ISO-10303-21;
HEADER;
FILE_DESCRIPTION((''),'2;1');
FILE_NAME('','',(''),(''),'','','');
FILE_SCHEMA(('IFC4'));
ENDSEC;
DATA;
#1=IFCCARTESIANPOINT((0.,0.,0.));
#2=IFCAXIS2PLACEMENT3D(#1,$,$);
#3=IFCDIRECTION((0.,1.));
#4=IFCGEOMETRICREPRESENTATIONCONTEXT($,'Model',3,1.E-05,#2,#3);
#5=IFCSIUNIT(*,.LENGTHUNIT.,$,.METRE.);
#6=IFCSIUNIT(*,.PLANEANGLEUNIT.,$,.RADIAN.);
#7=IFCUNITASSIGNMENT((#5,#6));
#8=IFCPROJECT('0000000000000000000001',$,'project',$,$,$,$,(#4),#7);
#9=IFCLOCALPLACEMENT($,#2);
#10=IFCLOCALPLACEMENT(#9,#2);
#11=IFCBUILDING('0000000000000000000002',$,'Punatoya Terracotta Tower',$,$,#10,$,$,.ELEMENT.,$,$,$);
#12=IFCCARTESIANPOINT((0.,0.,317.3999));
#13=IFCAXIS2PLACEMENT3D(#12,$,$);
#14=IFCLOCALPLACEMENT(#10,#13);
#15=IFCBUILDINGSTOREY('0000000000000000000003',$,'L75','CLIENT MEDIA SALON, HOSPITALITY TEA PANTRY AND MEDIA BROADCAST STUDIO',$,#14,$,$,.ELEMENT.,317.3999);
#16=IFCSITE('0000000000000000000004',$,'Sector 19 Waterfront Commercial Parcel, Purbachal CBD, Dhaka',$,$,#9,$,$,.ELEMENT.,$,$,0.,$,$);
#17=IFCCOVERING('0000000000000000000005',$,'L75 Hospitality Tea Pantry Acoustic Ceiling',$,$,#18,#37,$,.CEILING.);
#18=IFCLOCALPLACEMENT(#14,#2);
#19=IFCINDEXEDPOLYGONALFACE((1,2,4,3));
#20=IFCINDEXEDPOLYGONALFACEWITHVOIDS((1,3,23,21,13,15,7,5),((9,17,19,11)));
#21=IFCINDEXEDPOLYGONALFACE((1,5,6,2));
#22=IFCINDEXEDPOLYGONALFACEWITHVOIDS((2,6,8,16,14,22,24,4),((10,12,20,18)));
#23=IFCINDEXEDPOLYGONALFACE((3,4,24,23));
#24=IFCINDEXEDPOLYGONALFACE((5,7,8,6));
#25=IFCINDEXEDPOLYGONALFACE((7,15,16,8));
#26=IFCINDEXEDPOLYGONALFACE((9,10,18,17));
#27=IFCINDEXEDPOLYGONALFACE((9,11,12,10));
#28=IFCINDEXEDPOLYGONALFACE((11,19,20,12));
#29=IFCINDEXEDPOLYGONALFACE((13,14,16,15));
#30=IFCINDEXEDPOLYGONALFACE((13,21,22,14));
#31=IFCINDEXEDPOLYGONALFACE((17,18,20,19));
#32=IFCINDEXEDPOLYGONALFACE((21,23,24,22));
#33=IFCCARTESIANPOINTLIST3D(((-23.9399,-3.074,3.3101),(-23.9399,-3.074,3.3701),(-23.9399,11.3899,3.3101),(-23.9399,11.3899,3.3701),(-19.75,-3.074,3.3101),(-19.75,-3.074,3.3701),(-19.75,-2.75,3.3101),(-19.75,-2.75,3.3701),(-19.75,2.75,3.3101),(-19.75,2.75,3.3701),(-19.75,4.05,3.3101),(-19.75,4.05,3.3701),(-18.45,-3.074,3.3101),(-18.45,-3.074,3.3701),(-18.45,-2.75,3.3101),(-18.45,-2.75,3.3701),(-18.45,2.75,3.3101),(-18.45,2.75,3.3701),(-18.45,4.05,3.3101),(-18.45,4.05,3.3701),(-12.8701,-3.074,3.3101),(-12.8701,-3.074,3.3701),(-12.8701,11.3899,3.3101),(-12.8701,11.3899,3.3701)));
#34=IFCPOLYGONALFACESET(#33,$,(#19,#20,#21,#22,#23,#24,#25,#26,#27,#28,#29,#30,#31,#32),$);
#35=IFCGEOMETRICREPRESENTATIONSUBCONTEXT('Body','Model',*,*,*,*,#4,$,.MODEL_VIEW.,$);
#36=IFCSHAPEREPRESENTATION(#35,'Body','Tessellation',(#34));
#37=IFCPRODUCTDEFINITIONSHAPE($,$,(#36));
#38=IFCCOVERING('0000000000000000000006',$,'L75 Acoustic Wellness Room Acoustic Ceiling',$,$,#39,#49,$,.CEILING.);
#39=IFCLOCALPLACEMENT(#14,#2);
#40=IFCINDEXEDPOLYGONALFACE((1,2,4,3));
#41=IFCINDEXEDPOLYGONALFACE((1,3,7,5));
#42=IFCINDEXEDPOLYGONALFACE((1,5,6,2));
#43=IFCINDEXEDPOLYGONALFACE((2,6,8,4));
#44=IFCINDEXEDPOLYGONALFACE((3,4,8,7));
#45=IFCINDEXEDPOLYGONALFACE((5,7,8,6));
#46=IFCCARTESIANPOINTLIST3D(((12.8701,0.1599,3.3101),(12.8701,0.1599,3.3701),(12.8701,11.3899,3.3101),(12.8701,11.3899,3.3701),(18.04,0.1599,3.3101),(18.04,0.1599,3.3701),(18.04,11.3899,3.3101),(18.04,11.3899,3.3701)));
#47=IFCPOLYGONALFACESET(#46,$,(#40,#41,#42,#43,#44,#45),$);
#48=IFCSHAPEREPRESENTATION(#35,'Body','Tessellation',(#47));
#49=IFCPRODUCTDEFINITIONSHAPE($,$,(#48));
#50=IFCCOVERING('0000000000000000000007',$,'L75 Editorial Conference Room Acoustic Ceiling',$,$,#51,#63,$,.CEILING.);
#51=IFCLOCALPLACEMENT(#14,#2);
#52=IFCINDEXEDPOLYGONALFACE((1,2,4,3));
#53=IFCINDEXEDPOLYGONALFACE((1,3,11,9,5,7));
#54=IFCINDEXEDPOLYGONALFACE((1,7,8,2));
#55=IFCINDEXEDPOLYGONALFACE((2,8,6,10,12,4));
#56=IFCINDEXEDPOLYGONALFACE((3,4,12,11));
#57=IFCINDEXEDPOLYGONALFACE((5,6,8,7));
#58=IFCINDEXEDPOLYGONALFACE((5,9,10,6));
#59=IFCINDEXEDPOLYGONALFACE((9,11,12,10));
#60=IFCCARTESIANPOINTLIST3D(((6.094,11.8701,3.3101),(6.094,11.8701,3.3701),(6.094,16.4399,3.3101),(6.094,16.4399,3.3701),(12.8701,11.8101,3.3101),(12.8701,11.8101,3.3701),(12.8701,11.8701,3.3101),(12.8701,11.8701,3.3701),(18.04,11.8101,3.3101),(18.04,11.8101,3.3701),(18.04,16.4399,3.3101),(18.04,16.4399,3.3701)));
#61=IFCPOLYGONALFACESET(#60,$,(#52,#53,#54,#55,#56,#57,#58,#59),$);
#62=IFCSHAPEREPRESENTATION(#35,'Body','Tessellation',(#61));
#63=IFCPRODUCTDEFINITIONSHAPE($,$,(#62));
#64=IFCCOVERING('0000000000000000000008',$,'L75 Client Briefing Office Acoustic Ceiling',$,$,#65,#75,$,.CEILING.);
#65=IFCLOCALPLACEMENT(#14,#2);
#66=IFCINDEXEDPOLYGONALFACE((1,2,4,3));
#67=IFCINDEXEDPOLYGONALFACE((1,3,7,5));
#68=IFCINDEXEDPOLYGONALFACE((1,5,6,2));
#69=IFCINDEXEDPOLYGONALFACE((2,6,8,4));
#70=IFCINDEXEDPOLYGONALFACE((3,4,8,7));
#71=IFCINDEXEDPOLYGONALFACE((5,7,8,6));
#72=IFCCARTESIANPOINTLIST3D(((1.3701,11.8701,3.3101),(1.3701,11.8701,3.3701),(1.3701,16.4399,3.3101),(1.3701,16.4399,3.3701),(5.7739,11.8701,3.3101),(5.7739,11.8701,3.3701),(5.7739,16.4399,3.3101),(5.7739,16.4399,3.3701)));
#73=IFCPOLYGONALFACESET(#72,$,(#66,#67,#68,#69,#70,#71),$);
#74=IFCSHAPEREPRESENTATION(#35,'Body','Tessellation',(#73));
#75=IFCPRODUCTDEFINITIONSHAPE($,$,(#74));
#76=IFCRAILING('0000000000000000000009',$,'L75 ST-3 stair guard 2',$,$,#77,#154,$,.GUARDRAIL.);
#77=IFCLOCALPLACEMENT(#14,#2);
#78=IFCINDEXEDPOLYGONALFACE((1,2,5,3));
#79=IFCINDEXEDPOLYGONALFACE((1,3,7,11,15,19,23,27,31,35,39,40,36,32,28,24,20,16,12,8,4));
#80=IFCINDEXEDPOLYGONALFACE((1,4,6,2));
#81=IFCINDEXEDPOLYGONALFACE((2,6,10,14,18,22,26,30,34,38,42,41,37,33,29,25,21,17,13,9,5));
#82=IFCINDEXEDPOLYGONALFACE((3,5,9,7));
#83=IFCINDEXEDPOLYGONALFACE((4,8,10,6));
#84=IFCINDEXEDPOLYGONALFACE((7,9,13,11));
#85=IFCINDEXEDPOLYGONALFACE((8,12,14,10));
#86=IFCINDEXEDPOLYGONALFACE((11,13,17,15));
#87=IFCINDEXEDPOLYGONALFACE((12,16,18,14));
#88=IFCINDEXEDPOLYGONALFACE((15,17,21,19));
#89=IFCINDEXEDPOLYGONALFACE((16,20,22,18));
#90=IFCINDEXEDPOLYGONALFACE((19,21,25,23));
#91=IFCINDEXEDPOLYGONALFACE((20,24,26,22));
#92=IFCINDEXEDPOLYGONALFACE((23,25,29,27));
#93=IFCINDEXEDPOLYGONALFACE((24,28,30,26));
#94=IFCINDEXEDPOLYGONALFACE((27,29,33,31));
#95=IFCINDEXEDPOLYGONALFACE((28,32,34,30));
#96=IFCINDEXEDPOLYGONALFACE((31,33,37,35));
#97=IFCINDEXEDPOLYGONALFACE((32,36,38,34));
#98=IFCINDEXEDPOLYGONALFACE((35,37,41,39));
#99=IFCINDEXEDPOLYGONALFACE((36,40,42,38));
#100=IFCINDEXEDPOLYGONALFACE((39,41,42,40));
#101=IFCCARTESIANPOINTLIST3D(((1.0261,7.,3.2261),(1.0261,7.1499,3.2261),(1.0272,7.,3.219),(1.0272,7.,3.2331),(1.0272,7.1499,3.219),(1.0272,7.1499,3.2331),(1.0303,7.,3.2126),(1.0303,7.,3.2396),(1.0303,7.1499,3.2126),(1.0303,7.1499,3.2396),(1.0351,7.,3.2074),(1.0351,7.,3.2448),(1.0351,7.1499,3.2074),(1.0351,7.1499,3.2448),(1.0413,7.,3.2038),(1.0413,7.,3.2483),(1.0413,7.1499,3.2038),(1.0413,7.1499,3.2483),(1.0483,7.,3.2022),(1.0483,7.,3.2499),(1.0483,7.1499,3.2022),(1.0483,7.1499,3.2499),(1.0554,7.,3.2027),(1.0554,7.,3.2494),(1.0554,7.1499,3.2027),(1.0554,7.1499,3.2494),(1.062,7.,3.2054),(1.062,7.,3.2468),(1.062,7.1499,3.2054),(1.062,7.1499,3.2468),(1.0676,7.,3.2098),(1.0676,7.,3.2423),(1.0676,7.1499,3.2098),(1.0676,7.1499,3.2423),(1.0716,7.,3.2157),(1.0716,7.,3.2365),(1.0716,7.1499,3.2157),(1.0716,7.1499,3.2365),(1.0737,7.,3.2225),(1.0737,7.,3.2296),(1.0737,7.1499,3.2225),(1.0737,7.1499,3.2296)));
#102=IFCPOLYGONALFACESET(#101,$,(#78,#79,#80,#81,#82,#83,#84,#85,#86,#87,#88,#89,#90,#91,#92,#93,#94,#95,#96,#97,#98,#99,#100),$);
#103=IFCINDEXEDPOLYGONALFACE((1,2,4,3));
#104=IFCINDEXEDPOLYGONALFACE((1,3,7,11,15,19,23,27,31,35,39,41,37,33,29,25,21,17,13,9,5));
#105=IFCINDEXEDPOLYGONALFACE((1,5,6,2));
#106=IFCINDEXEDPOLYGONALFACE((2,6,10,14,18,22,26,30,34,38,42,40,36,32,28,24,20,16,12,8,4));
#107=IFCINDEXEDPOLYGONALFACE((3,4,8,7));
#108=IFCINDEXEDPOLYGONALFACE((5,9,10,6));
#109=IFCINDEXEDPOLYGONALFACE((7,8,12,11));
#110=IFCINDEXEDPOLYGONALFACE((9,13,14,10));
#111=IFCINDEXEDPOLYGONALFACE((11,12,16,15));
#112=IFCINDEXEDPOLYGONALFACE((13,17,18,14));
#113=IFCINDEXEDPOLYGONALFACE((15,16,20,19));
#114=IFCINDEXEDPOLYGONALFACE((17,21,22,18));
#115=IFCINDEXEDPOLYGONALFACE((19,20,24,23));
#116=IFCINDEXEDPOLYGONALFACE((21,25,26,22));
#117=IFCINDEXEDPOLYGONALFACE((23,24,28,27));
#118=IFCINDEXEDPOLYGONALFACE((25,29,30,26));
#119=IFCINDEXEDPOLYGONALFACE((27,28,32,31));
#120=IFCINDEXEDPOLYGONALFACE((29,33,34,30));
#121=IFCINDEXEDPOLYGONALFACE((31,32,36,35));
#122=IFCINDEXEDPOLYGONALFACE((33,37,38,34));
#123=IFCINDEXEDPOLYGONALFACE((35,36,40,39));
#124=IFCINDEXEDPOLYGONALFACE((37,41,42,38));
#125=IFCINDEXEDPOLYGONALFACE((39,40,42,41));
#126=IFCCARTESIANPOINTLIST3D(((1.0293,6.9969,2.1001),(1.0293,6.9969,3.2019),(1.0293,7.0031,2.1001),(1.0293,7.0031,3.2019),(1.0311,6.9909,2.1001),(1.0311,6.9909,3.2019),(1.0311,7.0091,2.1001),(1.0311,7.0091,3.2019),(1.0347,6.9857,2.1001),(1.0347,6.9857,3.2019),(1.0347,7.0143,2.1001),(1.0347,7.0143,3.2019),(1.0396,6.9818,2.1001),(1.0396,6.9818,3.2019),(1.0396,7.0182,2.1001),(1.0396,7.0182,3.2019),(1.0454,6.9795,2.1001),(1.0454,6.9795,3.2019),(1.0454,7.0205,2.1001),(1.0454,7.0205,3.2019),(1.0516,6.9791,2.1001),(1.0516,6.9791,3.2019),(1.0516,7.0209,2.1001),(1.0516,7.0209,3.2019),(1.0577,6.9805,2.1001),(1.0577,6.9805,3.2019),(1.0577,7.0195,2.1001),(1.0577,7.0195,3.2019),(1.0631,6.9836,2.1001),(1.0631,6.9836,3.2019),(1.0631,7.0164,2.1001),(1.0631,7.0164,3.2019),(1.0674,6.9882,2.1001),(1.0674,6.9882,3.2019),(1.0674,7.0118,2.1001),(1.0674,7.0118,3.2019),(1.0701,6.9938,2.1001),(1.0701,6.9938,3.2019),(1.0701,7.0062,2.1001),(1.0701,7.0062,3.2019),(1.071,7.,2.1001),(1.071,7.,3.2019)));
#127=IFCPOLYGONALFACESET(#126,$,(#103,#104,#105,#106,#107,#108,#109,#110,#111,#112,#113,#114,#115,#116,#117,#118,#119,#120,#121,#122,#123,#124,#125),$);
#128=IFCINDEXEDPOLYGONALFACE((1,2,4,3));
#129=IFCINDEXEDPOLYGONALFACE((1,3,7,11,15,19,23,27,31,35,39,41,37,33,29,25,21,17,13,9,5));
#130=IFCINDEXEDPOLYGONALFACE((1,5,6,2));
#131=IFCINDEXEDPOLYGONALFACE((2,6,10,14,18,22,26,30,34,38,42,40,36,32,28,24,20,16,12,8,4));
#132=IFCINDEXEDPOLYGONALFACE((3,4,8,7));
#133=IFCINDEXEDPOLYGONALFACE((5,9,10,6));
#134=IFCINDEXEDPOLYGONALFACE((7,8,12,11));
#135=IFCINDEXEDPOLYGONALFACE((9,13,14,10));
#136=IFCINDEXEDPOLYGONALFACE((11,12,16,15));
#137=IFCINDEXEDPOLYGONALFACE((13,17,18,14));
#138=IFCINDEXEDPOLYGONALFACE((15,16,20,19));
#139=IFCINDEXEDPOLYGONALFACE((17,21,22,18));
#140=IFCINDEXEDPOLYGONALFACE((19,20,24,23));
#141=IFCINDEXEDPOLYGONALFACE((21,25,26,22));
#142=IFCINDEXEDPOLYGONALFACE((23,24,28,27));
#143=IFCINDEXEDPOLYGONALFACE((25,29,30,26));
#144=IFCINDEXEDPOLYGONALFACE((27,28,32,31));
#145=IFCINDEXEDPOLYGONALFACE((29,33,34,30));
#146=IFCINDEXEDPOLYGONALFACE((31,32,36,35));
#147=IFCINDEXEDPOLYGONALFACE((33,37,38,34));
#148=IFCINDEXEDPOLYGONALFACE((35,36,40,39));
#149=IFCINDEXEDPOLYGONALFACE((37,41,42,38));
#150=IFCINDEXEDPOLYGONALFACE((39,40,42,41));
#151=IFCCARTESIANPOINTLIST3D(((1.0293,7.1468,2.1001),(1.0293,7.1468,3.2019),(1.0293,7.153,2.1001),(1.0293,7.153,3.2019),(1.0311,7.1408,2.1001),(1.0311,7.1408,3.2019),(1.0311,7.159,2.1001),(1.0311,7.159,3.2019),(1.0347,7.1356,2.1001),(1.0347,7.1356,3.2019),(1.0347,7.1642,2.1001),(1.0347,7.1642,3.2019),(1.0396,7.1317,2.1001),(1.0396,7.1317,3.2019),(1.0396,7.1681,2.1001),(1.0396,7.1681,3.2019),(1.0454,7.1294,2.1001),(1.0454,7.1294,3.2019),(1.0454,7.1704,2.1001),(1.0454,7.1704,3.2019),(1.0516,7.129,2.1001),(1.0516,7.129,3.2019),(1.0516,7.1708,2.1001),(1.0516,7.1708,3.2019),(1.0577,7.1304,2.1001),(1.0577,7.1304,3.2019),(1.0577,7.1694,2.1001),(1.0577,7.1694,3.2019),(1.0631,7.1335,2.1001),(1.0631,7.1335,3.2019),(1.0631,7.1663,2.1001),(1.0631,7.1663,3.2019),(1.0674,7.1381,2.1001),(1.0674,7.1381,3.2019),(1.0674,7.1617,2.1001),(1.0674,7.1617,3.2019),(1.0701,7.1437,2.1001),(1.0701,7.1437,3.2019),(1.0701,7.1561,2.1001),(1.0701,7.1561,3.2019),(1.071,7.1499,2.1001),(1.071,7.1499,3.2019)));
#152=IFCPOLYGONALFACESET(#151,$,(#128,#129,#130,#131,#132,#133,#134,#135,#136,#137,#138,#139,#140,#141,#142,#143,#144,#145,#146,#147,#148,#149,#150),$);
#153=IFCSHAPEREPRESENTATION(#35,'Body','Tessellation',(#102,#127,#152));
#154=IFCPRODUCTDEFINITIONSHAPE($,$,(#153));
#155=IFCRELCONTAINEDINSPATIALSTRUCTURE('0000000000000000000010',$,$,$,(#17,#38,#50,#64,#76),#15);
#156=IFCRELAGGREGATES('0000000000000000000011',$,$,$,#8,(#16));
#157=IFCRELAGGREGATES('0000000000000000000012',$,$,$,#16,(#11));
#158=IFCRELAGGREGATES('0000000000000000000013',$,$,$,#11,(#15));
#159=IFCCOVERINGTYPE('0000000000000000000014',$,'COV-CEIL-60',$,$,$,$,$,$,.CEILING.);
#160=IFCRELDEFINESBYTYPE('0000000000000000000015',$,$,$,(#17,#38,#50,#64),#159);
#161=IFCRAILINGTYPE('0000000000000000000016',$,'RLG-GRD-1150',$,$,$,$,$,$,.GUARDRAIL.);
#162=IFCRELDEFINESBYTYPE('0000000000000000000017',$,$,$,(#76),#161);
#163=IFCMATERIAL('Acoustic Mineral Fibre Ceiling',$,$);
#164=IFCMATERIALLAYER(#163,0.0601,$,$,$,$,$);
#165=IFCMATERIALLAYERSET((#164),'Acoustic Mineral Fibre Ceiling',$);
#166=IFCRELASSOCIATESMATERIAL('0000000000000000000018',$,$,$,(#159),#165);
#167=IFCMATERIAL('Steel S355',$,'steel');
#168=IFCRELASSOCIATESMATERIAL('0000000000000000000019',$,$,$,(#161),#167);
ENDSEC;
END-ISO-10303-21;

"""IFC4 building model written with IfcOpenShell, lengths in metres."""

from ifc_helpers import new_model, si_unit, direction, frame, origin, origin_2d, place, context, subcontext, project, spatial, polyline, circle, outline, extrude, material, layer, layer_set, type_object, element, save


model = new_model("IFC4")

# Units and contexts
model_context = context("Model", 3, precision=1e-05, world=origin(), true_north=direction((0.0, 1.0)))
body_context = subcontext(model_context, "Body", "Model", "MODEL_VIEW")
ifc_project = project(units=[si_unit("LENGTHUNIT", "METRE"), si_unit("PLANEANGLEUNIT", "RADIAN")], contexts=[model_context])

# Site, building, storey
site_placement = place(None, origin())
site = spatial("IfcSite", under=ifc_project, at=site_placement, Name="Sector 19 Waterfront Commercial Parcel, Purbachal CBD, Dhaka", CompositionType="ELEMENT", RefElevation=0.0)
building_placement = place(site_placement, origin())
building = spatial("IfcBuilding", under=site, at=building_placement, Name="Punatoya Terracotta Tower", CompositionType="ELEMENT")
storey_placement = place(building_placement, frame((0.0, 0.0, 317.3999)))
storey = spatial("IfcBuildingStorey", under=building, at=storey_placement, Name="L75", Description="CLIENT MEDIA SALON, HOSPITALITY TEA PANTRY AND MEDIA BROADCAST STUDIO", CompositionType="ELEMENT", Elevation=317.3999)

# Shared definitions
ifc_material_1 = material(Name="Steel S355", Category="steel")

# Coverings
ifc_material_2 = material(Name="Acoustic Mineral Fibre Ceiling")
ifc_layer_1 = layer(ifc_material_2, 0.0601)
ifc_layer_set_1 = layer_set([ifc_layer_1], Name="Acoustic Mineral Fibre Ceiling")
covering_type = type_object("IfcCoveringType", Name="COV-CEIL-60", PredefinedType="CEILING", material=ifc_layer_set_1)
covering_1_placement = place(storey_placement, frame((0.0, 0.0, 3.3101)))
element("IfcCovering", 1, at=covering_1_placement, inside=storey, type_object=covering_type, Name="L75 Hospitality Tea Pantry Acoustic Ceiling", PredefinedType="CEILING", context=body_context, shape_type="SweptSolid", body=[
    extrude(outline(polyline([(-23.9399, 11.3899), (-23.9399, -3.074), (-19.75, -3.074), (-19.75, -2.75), (-18.45, -2.75), (-18.45, -3.074), (-12.8701, -3.074), (-12.8701, 11.3899), (-23.9399, 11.3899)]), holes=[polyline([(-18.45, 4.05), (-18.45, 2.75), (-19.75, 2.75), (-19.75, 4.05), (-18.45, 4.05)])]), origin(), (0.0, 0.0, 1.0), 0.0601),
])
covering_2_placement = place(storey_placement, frame((0.0, 0.0, 3.3101)))
element("IfcCovering", 2, at=covering_2_placement, inside=storey, type_object=covering_type, Name="L75 Acoustic Wellness Room Acoustic Ceiling", PredefinedType="CEILING", context=body_context, shape_type="SweptSolid", body=[
    extrude(outline(polyline([(12.8701, 11.3899), (12.8701, 0.1599), (18.04, 0.1599), (18.04, 11.3899), (12.8701, 11.3899)])), origin(), (0.0, 0.0, 1.0), 0.0601),
])
covering_3_placement = place(storey_placement, frame((0.0, 0.0, 3.3101)))
element("IfcCovering", 3, at=covering_3_placement, inside=storey, type_object=covering_type, Name="L75 Editorial Conference Room Acoustic Ceiling", PredefinedType="CEILING", context=body_context, shape_type="SweptSolid", body=[
    extrude(outline(polyline([(6.094, 11.8701), (12.8701, 11.8701), (12.8701, 11.8101), (18.04, 11.8101), (18.04, 16.4399), (6.094, 16.4399), (6.094, 11.8701)])), origin(), (0.0, 0.0, 1.0), 0.0601),
])
covering_4_placement = place(storey_placement, frame((0.0, 0.0, 3.3101)))
element("IfcCovering", 4, at=covering_4_placement, inside=storey, type_object=covering_type, Name="L75 Client Briefing Office Acoustic Ceiling", PredefinedType="CEILING", context=body_context, shape_type="SweptSolid", body=[
    extrude(outline(polyline([(1.3701, 11.8701), (5.7739, 11.8701), (5.7739, 16.4399), (1.3701, 16.4399), (1.3701, 11.8701)])), origin(), (0.0, 0.0, 1.0), 0.0601),
])

# Railing
railing_type_1 = type_object("IfcRailingType", Name="RLG-GRD-1150", PredefinedType="GUARDRAIL", material=ifc_material_1)
railing_1_placement = place(storey_placement, frame((1.05, 7.0, 2.1001)))
element("IfcRailing", 5, at=railing_1_placement, inside=storey, type_object=railing_type_1, Name="L75 ST-3 stair guard 2", PredefinedType="GUARDRAIL", context=body_context, shape_type="SweptSolid", body=[
    extrude(circle(Radius=0.0239, at=origin_2d()), frame((0.0, 0.0, 1.126), z_axis=(0.0, 1.0, 0.0), x_axis=(-1.0, 0.0, 0.0)), (0.0, 0.0, 1.0), 0.1499),
    extrude(circle(Radius=0.021, at=origin_2d()), origin(), (0.0, 0.0, 1.0), 1.1018),
    extrude(circle(Radius=0.021, at=origin_2d()), frame((0.0, 0.1499, 0.0)), (0.0, 0.0, 1.0), 1.1018),
])

save(model, "model.ifc")
